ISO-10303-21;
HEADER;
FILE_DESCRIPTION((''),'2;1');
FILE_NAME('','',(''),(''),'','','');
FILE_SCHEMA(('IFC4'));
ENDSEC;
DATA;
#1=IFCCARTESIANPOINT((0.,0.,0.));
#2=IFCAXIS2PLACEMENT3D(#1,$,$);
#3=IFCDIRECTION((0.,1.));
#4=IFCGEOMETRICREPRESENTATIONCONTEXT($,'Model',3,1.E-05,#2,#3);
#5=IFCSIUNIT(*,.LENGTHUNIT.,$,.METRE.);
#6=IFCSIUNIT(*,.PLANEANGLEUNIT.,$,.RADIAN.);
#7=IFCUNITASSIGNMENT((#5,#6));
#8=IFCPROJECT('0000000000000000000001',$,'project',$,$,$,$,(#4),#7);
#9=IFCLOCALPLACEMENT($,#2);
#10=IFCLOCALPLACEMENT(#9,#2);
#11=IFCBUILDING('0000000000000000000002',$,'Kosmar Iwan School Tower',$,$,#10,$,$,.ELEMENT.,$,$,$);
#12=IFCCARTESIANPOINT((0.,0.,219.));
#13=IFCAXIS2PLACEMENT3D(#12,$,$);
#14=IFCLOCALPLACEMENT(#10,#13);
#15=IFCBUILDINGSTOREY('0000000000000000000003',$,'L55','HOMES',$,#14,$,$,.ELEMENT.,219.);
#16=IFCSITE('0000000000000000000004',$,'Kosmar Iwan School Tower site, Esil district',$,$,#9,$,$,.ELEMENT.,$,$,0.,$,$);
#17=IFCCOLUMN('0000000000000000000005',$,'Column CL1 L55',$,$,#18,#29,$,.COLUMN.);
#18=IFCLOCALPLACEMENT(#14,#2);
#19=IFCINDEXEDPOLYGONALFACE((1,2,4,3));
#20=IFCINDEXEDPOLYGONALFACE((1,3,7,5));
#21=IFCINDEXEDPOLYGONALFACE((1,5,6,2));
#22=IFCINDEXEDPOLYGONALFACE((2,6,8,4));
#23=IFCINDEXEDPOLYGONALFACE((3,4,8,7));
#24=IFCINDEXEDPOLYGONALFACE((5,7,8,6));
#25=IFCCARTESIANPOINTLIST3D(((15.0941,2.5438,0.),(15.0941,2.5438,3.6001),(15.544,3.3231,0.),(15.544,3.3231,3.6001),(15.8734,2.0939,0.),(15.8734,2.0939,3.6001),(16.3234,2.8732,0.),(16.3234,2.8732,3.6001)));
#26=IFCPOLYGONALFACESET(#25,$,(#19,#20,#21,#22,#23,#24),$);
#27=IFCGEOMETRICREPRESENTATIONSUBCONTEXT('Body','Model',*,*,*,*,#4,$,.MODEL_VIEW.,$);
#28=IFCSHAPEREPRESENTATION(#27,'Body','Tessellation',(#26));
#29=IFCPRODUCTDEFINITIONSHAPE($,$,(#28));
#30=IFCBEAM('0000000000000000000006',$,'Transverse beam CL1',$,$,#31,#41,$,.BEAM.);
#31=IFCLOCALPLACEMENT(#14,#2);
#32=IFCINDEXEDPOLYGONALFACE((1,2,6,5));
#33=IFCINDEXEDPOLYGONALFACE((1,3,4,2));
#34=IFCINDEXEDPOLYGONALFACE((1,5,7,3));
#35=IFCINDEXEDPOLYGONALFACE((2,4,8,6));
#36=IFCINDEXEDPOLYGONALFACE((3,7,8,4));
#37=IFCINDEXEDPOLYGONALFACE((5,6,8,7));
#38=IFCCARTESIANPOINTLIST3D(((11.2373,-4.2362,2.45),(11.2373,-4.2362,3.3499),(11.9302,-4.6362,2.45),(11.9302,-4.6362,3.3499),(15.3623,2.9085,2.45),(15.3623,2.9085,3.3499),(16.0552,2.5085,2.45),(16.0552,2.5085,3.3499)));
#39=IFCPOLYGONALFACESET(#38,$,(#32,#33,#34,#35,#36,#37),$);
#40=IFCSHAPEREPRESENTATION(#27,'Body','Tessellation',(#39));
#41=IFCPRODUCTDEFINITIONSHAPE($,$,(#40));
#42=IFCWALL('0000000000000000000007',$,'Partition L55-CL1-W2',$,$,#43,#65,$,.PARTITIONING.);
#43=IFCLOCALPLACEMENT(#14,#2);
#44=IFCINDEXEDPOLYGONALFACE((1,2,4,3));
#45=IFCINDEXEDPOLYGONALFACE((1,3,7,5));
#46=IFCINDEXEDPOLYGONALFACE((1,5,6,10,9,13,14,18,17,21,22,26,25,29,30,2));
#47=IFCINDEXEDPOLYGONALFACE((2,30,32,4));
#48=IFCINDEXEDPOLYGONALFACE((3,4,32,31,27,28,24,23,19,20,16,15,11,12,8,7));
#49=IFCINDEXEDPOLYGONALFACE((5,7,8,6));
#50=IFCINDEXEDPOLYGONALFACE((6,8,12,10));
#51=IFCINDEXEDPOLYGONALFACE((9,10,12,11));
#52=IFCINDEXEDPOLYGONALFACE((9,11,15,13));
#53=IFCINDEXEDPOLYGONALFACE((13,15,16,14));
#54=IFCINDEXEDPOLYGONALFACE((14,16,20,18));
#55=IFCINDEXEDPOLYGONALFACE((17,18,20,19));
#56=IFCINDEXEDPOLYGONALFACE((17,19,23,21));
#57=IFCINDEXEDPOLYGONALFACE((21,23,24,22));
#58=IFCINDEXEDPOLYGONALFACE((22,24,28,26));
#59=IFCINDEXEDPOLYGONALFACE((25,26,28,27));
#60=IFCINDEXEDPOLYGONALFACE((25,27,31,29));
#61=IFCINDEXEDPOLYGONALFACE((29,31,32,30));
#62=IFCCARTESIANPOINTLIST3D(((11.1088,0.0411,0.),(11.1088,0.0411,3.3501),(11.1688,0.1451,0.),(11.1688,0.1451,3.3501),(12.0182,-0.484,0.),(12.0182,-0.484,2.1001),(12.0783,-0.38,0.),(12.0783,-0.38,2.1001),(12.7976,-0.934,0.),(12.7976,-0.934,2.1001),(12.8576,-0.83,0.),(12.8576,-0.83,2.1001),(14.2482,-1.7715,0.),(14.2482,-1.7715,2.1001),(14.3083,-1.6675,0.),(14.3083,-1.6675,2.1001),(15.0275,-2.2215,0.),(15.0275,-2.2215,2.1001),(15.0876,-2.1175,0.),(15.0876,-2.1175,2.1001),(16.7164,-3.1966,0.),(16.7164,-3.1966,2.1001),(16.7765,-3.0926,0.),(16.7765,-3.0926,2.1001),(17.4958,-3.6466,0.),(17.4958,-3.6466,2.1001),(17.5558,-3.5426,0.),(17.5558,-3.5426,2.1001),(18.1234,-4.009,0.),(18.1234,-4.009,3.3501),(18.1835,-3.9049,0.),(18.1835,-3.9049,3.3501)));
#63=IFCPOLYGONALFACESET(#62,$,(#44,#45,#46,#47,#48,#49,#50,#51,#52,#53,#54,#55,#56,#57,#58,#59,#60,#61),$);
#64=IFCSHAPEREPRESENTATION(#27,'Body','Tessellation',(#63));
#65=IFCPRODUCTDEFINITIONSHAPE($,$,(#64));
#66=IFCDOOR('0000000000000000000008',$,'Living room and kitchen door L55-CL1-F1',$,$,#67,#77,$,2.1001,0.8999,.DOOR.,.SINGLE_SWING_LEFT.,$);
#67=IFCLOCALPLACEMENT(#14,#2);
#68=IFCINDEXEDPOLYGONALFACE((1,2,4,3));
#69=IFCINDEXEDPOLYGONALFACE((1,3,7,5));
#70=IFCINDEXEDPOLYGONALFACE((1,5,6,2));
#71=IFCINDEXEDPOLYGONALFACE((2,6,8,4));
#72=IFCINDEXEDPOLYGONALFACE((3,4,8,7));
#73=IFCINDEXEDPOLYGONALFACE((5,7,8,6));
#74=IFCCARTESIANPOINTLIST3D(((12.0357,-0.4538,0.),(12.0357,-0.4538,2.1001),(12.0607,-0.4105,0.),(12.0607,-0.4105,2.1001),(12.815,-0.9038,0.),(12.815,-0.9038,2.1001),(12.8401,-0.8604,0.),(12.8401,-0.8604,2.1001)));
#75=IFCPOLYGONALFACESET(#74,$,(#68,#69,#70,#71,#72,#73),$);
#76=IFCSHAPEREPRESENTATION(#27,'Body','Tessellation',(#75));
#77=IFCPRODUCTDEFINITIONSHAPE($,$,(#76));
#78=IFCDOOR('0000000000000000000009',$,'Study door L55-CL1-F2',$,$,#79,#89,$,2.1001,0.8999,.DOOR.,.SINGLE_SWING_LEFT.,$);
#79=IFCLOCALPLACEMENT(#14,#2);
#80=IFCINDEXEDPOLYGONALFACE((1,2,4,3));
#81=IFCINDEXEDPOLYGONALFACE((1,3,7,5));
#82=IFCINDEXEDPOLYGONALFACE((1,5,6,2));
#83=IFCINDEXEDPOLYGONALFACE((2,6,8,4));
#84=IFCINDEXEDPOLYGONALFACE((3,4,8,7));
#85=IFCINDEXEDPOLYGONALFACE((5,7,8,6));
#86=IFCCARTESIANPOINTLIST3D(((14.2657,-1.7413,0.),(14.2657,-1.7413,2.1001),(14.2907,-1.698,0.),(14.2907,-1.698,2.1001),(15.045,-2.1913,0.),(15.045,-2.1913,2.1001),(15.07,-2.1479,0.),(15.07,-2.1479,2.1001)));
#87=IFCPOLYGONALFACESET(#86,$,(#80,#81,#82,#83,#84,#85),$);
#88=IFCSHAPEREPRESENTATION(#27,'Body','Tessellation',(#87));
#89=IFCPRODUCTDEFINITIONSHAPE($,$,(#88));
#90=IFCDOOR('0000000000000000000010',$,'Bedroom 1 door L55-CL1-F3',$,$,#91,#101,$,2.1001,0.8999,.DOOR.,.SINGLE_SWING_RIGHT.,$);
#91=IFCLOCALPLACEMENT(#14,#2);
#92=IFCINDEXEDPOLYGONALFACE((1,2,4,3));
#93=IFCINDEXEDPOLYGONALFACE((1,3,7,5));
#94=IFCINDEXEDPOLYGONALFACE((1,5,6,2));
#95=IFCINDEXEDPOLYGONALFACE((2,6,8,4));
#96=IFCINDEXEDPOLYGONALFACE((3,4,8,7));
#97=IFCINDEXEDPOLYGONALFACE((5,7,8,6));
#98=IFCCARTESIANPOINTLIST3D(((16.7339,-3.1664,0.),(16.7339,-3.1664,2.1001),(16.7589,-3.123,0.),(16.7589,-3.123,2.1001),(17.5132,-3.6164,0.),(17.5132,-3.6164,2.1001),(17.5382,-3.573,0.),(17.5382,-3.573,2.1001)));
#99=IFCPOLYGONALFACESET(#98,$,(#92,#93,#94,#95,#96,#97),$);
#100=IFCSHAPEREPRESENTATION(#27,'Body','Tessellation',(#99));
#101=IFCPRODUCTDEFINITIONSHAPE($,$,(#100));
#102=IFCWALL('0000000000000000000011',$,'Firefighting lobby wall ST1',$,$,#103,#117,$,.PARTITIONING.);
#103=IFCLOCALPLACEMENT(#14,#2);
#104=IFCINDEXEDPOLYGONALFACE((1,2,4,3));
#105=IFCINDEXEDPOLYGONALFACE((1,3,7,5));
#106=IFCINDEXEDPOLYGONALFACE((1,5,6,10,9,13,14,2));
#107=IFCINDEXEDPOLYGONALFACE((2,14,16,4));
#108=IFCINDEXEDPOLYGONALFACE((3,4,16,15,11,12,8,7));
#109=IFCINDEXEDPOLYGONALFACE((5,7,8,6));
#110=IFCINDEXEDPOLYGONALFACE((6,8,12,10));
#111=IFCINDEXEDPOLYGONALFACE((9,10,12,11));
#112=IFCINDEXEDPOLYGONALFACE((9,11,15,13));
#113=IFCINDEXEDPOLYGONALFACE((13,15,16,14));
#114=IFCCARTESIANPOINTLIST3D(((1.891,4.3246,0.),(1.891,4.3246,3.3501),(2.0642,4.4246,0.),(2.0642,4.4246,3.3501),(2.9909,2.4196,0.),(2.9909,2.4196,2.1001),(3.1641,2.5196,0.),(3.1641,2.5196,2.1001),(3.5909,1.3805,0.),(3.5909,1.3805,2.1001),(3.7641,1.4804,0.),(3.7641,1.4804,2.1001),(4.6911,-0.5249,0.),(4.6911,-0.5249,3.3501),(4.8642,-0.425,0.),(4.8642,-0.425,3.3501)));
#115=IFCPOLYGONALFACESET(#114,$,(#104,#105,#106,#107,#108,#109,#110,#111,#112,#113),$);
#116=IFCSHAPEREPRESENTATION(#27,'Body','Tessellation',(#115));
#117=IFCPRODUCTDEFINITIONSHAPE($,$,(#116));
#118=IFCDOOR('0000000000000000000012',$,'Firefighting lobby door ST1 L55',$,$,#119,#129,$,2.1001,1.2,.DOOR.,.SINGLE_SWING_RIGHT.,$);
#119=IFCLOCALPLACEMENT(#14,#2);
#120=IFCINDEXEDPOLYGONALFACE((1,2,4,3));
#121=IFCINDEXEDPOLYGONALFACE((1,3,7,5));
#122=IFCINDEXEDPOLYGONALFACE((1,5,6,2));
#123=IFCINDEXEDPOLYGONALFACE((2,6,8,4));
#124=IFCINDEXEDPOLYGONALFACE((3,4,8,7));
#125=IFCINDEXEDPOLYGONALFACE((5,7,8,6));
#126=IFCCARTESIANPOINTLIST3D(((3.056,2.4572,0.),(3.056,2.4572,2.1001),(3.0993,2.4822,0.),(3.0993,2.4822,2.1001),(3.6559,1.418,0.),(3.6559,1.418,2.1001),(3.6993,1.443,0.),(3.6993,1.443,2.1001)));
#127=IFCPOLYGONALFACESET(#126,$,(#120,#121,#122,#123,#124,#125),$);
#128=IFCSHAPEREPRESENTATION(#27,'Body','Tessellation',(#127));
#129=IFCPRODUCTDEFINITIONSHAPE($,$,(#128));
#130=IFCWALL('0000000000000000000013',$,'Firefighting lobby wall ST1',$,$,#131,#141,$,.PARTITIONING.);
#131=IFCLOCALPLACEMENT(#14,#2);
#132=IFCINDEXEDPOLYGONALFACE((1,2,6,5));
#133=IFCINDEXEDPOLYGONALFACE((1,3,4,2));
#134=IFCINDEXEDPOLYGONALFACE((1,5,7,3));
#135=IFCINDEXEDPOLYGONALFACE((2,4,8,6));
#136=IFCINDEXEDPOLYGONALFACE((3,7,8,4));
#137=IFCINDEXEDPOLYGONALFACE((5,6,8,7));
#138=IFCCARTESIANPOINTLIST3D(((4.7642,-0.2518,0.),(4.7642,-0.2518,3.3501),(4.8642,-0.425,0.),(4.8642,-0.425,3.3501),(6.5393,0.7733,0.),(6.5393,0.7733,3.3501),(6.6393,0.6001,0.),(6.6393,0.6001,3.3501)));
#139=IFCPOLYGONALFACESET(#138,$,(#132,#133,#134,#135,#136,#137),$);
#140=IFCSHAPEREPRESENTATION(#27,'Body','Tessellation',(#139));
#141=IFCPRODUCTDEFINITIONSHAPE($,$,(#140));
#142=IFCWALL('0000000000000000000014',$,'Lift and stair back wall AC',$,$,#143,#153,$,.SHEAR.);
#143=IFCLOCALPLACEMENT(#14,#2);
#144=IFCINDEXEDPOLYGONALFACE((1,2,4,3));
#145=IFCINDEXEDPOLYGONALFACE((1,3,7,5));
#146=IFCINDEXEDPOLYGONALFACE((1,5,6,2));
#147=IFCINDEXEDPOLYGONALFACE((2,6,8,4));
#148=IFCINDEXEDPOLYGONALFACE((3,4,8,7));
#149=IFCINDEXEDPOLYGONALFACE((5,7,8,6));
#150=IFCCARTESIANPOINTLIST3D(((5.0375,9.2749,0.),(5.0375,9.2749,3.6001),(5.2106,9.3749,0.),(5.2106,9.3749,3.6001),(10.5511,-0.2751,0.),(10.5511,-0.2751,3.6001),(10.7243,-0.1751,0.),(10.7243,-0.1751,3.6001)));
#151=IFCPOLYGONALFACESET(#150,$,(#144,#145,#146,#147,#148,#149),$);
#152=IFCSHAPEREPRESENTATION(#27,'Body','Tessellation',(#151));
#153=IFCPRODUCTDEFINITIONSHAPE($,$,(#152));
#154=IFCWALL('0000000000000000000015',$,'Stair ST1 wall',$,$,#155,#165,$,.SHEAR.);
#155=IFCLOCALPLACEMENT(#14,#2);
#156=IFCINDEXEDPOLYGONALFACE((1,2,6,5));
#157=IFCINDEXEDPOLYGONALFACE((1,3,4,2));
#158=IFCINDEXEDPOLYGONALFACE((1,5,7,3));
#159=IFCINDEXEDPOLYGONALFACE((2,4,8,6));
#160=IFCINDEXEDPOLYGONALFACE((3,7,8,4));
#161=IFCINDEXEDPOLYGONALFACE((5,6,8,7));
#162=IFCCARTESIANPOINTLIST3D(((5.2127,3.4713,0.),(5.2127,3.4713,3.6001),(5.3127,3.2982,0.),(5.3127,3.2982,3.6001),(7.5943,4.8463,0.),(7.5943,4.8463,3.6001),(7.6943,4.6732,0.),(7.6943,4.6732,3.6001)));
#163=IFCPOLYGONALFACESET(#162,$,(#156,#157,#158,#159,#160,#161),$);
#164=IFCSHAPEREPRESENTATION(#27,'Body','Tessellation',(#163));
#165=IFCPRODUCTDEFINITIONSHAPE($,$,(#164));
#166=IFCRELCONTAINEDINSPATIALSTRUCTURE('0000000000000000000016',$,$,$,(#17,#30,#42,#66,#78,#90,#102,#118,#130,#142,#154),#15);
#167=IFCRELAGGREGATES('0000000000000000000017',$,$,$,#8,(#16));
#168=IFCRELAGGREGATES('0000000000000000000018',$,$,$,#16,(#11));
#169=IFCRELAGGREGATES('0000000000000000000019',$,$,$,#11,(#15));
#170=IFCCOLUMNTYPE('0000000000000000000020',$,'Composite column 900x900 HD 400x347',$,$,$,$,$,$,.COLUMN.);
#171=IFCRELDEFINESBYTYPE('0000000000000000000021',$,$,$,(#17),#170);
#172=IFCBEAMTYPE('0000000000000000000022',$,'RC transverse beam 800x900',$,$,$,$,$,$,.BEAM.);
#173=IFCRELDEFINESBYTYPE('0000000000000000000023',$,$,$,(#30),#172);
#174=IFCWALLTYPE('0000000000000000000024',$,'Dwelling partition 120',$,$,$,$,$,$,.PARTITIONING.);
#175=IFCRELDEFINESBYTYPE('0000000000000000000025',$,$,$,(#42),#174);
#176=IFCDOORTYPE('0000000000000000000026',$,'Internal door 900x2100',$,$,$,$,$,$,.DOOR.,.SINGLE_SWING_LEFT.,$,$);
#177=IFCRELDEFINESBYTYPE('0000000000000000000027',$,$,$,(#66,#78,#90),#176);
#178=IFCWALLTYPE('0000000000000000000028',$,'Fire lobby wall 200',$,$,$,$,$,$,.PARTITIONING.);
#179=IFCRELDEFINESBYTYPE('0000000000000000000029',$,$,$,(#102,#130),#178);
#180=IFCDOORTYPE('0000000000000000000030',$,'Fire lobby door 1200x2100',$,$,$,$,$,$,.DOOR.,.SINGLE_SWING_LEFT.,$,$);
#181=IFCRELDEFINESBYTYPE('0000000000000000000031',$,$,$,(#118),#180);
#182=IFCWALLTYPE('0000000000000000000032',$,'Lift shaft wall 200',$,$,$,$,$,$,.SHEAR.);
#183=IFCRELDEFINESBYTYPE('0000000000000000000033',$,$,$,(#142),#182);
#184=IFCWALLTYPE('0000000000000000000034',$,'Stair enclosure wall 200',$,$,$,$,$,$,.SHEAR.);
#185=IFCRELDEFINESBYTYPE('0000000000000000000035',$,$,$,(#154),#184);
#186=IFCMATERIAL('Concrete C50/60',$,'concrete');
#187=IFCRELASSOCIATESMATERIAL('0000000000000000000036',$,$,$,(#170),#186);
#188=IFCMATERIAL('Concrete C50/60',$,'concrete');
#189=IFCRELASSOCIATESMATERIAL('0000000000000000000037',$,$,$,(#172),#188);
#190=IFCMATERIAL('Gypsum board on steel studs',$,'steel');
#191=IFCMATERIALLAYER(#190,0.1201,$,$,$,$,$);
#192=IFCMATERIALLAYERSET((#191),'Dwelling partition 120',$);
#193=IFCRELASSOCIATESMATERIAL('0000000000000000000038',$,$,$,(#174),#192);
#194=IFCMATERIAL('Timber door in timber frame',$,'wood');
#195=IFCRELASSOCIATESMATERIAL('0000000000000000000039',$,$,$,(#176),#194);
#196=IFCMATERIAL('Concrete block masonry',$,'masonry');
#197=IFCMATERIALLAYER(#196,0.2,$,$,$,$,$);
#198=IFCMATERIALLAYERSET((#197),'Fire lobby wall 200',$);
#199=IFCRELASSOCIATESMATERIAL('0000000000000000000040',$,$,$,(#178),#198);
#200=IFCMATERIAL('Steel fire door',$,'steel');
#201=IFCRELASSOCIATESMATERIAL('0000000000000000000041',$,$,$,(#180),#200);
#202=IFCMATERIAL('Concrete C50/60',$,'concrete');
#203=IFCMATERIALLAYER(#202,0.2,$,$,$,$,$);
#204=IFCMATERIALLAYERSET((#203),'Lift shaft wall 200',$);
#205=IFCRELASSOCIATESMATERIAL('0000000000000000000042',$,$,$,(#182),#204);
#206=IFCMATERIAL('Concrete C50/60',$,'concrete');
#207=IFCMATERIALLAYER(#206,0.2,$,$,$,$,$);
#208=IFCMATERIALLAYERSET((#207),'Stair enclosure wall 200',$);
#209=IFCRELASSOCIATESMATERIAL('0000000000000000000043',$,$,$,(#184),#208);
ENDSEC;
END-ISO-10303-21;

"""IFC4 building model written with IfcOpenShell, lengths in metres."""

from ifc_helpers import new_model, si_unit, direction, frame, frame_2d, origin, origin_2d, place, context, subcontext, project, spatial, rectangle, extrude, material, layer, layer_set, material_profile, profile_set, type_object, element, fill, save


model = new_model("IFC4")

# Units and contexts
model_context = context("Model", 3, precision=1e-05, world=origin(), true_north=direction((0.0, 1.0)))
body_context = subcontext(model_context, "Body", "Model", "MODEL_VIEW")
ifc_project = project(units=[si_unit("LENGTHUNIT", "METRE"), si_unit("PLANEANGLEUNIT", "RADIAN")], contexts=[model_context])

# Site, building, storey
site_placement = place(None, origin())
site = spatial("IfcSite", under=ifc_project, at=site_placement, Name="Kosmar Iwan School Tower site, Esil district", CompositionType="ELEMENT", RefElevation=0.0)
building_placement = place(site_placement, origin())
building = spatial("IfcBuilding", under=site, at=building_placement, Name="Kosmar Iwan School Tower", CompositionType="ELEMENT")
storey_placement = place(building_placement, frame((0.0, 0.0, 219.0)))
storey = spatial("IfcBuildingStorey", under=building, at=storey_placement, Name="L55", Description="HOMES", CompositionType="ELEMENT", Elevation=219.0)

# Column
ifc_material_1 = material(Name="Concrete C50/60", Category="concrete")
ifc_material_profile_1 = material_profile(ifc_material_1, rectangle(XDim=0.8999, YDim=0.8999, at=origin_2d()), Name="RC 900x900 + HD 400x347")
ifc_profile_set_1 = profile_set([ifc_material_profile_1], Name="Concrete C50/60")
column_type = type_object("IfcColumnType", Name="Composite column 900x900 HD 400x347", PredefinedType="COLUMN", material=ifc_profile_set_1)
column_placement = place(storey_placement, frame((15.7087, 2.7085, 0.0), z_axis=(0.0, 0.0, 1.0), x_axis=(0.866025, -0.5, 0.0)))
element("IfcColumn", 1, at=column_placement, inside=storey, type_object=column_type, Name="Column CL1 L55", PredefinedType="COLUMN", context=body_context, shape_type="SweptSolid", body=[
    extrude(rectangle(XDim=0.8999, YDim=0.8999, at=origin_2d()), origin(), (0.0, 0.0, 1.0), 3.6001),
])

# Beam
ifc_material_2 = material(Name="Concrete C50/60", Category="concrete")
ifc_material_profile_2 = material_profile(ifc_material_2, rectangle(XDim=0.8, YDim=0.8999, at=origin_2d()), Name="RC 800x900")
ifc_profile_set_2 = profile_set([ifc_material_profile_2], Name="Concrete C50/60")
beam_type = type_object("IfcBeamType", Name="RC transverse beam 800x900", PredefinedType="BEAM", material=ifc_profile_set_2)
beam_placement = place(storey_placement, frame((15.7087, 2.7085, 2.8999), z_axis=(-0.499997, -0.866027, 0.0), x_axis=(0.866027, -0.499997, 0.0)))
element("IfcBeam", 2, at=beam_placement, inside=storey, type_object=beam_type, Name="Transverse beam CL1", PredefinedType="BEAM", context=body_context, shape_type="SweptSolid", body=[
    extrude(rectangle(XDim=0.8, YDim=0.8999, at=origin_2d()), origin(), (0.0, 0.0, 1.0), 8.25),
])

# Wall, openings, doors
ifc_material_3 = material(Name="Gypsum board on steel studs", Category="steel")
ifc_layer_1 = layer(ifc_material_3, 0.1201)
ifc_layer_set_1 = layer_set([ifc_layer_1], Name="Dwelling partition 120")
wall_type_1 = type_object("IfcWallType", Name="Dwelling partition 120", PredefinedType="PARTITIONING", material=ifc_layer_set_1)
wall_1_placement = place(storey_placement, frame((11.1389, 0.093, 0.0), z_axis=(0.0, 0.0, 1.0), x_axis=(0.866018, -0.500013, 0.0)))
wall_1 = element("IfcWall", 3, at=wall_1_placement, inside=storey, type_object=wall_type_1, Name="Partition L55-CL1-W2", PredefinedType="PARTITIONING", context=body_context, shape_type="SweptSolid", body=[
    extrude(rectangle(XDim=8.0999, YDim=0.1201, at=frame_2d((4.0498, 0.0))), origin(), (0.0, 0.0, 1.0), 3.3501),
])
opening_1_placement = place(wall_1_placement, frame((1.05, 0.0, 0.0)))
opening_1 = element("IfcOpeningElement", 4, at=opening_1_placement, cuts=wall_1, PredefinedType="OPENING", context=body_context, shape_type="SweptSolid", body=[
    extrude(rectangle(XDim=0.8999, YDim=2.1001, at=frame_2d((0.45, 1.05))), frame((0.0, 0.072, 0.0), z_axis=(0.0, -1.0, 0.0), x_axis=(1.0, 0.0, 0.0)), (0.0, 0.0, 1.0), 0.144),
])
opening_2_placement = place(wall_1_placement, frame((3.625, 0.0, 0.0)))
opening_2 = element("IfcOpeningElement", 5, at=opening_2_placement, cuts=wall_1, PredefinedType="OPENING", context=body_context, shape_type="SweptSolid", body=[
    extrude(rectangle(XDim=0.8999, YDim=2.1001, at=frame_2d((0.45, 1.05))), frame((0.0, 0.072, 0.0), z_axis=(0.0, -1.0, 0.0), x_axis=(1.0, 0.0, 0.0)), (0.0, 0.0, 1.0), 0.144),
])
opening_3_placement = place(wall_1_placement, frame((6.4751, 0.0, 0.0)))
opening_3 = element("IfcOpeningElement", 6, at=opening_3_placement, cuts=wall_1, PredefinedType="OPENING", context=body_context, shape_type="SweptSolid", body=[
    extrude(rectangle(XDim=0.8999, YDim=2.1001, at=frame_2d((0.45, 1.05))), frame((0.0, 0.072, 0.0), z_axis=(0.0, -1.0, 0.0), x_axis=(1.0, 0.0, 0.0)), (0.0, 0.0, 1.0), 0.144),
])
ifc_material_4 = material(Name="Timber door in timber frame", Category="wood")
door_type_1 = type_object("IfcDoorType", Name="Internal door 900x2100", OperationType="SINGLE_SWING_LEFT", PredefinedType="DOOR", material=ifc_material_4)
door_1_placement = place(opening_1_placement, origin())
door_1 = element("IfcDoor", 7, at=door_1_placement, inside=storey, type_object=door_type_1, Name="Living room and kitchen door L55-CL1-F1", OperationType="SINGLE_SWING_LEFT", OverallHeight=2.1001, OverallWidth=0.8999, PredefinedType="DOOR", context=body_context, shape_type="SweptSolid", body=[
    extrude(rectangle(XDim=0.8999, YDim=2.1001, at=frame_2d((0.45, 1.05))), frame((0.0, 0.0249, 0.0), z_axis=(0.0, -1.0, 0.0), x_axis=(1.0, 0.0, 0.0)), (0.0, 0.0, 1.0), 0.05),
])
fill(opening_1, door_1)
door_2_placement = place(opening_2_placement, origin())
door_2 = element("IfcDoor", 8, at=door_2_placement, inside=storey, type_object=door_type_1, Name="Study door L55-CL1-F2", OperationType="SINGLE_SWING_LEFT", OverallHeight=2.1001, OverallWidth=0.8999, PredefinedType="DOOR", context=body_context, shape_type="SweptSolid", body=[
    extrude(rectangle(XDim=0.8999, YDim=2.1001, at=frame_2d((0.45, 1.05))), frame((0.0, 0.0249, 0.0), z_axis=(0.0, -1.0, 0.0), x_axis=(1.0, 0.0, 0.0)), (0.0, 0.0, 1.0), 0.05),
])
fill(opening_2, door_2)
door_3_placement = place(opening_3_placement, origin())
door_3 = element("IfcDoor", 9, at=door_3_placement, inside=storey, type_object=door_type_1, Name="Bedroom 1 door L55-CL1-F3", OperationType="SINGLE_SWING_RIGHT", OverallHeight=2.1001, OverallWidth=0.8999, PredefinedType="DOOR", context=body_context, shape_type="SweptSolid", body=[
    extrude(rectangle(XDim=0.8999, YDim=2.1001, at=frame_2d((0.45, 1.05))), frame((0.0, 0.0249, 0.0), z_axis=(0.0, -1.0, 0.0), x_axis=(1.0, 0.0, 0.0)), (0.0, 0.0, 1.0), 0.05),
])
fill(opening_3, door_3)

# Wall, opening, door
ifc_material_5 = material(Name="Concrete block masonry", Category="masonry")
ifc_layer_2 = layer(ifc_material_5, 0.2)
ifc_layer_set_2 = layer_set([ifc_layer_2], Name="Fire lobby wall 200")
wall_type_2 = type_object("IfcWallType", Name="Fire lobby wall 200", PredefinedType="PARTITIONING", material=ifc_layer_set_2)
wall_2_placement = place(storey_placement, frame((4.7776, -0.4749, 0.0), z_axis=(0.0, 0.0, 1.0), x_axis=(-0.500017, 0.866016, 0.0)))
wall_2 = element("IfcWall", 10, at=wall_2_placement, inside=storey, type_object=wall_type_2, Name="Firefighting lobby wall ST1", PredefinedType="PARTITIONING", context=body_context, shape_type="SweptSolid", body=[
    extrude(rectangle(XDim=5.5999, YDim=0.2, at=frame_2d((2.7998, 0.0))), origin(), (0.0, 0.0, 1.0), 3.3501),
])
opening_4_placement = place(wall_2_placement, frame((2.2, 0.0, 0.0)))
opening_4 = element("IfcOpeningElement", 11, at=opening_4_placement, cuts=wall_2, PredefinedType="OPENING", context=body_context, shape_type="SweptSolid", body=[
    extrude(rectangle(XDim=1.2, YDim=2.1001, at=frame_2d((0.6001, 1.05))), frame((0.0, 0.1121, 0.0), z_axis=(0.0, -1.0, 0.0), x_axis=(1.0, 0.0, 0.0)), (0.0, 0.0, 1.0), 0.2239),
])
ifc_material_6 = material(Name="Steel fire door", Category="steel")
door_type_2 = type_object("IfcDoorType", Name="Fire lobby door 1200x2100", OperationType="SINGLE_SWING_LEFT", PredefinedType="DOOR", material=ifc_material_6)
door_4_placement = place(opening_4_placement, origin())
door_4 = element("IfcDoor", 12, at=door_4_placement, inside=storey, type_object=door_type_2, Name="Firefighting lobby door ST1 L55", OperationType="SINGLE_SWING_RIGHT", OverallHeight=2.1001, OverallWidth=1.2, PredefinedType="DOOR", context=body_context, shape_type="SweptSolid", body=[
    extrude(rectangle(XDim=1.2, YDim=2.1001, at=frame_2d((0.6001, 1.05))), frame((0.0, 0.0249, 0.0), z_axis=(0.0, -1.0, 0.0), x_axis=(1.0, 0.0, 0.0)), (0.0, 0.0, 1.0), 0.05),
])
fill(opening_4, door_4)

# Walls
wall_3_placement = place(storey_placement, frame((4.8142, -0.3384, 0.0), z_axis=(0.0, 0.0, 1.0), x_axis=(0.865969, 0.500097, 0.0)))
element("IfcWall", 13, at=wall_3_placement, inside=storey, type_object=wall_type_2, Name="Firefighting lobby wall ST1", PredefinedType="PARTITIONING", context=body_context, shape_type="SweptSolid", body=[
    extrude(rectangle(XDim=2.0498, YDim=0.2, at=frame_2d((1.0249, 0.0))), origin(), (0.0, 0.0, 1.0), 3.3501),
])
ifc_material_7 = material(Name="Concrete C50/60", Category="concrete")
ifc_layer_3 = layer(ifc_material_7, 0.2)
ifc_layer_set_3 = layer_set([ifc_layer_3], Name="Lift shaft wall 200")
wall_type_3 = type_object("IfcWallType", Name="Lift shaft wall 200", PredefinedType="SHEAR", material=ifc_layer_set_3)
wall_4_placement = place(storey_placement, frame((10.6377, -0.2251, 0.0), z_axis=(0.0, 0.0, 1.0), x_axis=(-0.499997, 0.866027, 0.0)))
element("IfcWall", 14, at=wall_4_placement, inside=storey, type_object=wall_type_3, Name="Lift and stair back wall AC", PredefinedType="SHEAR", context=body_context, shape_type="SweptSolid", body=[
    extrude(rectangle(XDim=11.0273, YDim=0.2, at=frame_2d((5.5137, 0.0))), origin(), (0.0, 0.0, 1.0), 3.6001),
])
ifc_material_8 = material(Name="Concrete C50/60", Category="concrete")
ifc_layer_4 = layer(ifc_material_8, 0.2)
ifc_layer_set_4 = layer_set([ifc_layer_4], Name="Stair enclosure wall 200")
wall_type_4 = type_object("IfcWallType", Name="Stair enclosure wall 200", PredefinedType="SHEAR", material=ifc_layer_set_4)
wall_5_placement = place(storey_placement, frame((5.2627, 3.3848, 0.0), z_axis=(0.0, 0.0, 1.0), x_axis=(0.866027, 0.499997, 0.0)))
element("IfcWall", 15, at=wall_5_placement, inside=storey, type_object=wall_type_4, Name="Stair ST1 wall", PredefinedType="SHEAR", context=body_context, shape_type="SweptSolid", body=[
    extrude(rectangle(XDim=2.75, YDim=0.2, at=frame_2d((1.375, 0.0))), origin(), (0.0, 0.0, 1.0), 3.6001),
])

save(model, "model.ifc")
